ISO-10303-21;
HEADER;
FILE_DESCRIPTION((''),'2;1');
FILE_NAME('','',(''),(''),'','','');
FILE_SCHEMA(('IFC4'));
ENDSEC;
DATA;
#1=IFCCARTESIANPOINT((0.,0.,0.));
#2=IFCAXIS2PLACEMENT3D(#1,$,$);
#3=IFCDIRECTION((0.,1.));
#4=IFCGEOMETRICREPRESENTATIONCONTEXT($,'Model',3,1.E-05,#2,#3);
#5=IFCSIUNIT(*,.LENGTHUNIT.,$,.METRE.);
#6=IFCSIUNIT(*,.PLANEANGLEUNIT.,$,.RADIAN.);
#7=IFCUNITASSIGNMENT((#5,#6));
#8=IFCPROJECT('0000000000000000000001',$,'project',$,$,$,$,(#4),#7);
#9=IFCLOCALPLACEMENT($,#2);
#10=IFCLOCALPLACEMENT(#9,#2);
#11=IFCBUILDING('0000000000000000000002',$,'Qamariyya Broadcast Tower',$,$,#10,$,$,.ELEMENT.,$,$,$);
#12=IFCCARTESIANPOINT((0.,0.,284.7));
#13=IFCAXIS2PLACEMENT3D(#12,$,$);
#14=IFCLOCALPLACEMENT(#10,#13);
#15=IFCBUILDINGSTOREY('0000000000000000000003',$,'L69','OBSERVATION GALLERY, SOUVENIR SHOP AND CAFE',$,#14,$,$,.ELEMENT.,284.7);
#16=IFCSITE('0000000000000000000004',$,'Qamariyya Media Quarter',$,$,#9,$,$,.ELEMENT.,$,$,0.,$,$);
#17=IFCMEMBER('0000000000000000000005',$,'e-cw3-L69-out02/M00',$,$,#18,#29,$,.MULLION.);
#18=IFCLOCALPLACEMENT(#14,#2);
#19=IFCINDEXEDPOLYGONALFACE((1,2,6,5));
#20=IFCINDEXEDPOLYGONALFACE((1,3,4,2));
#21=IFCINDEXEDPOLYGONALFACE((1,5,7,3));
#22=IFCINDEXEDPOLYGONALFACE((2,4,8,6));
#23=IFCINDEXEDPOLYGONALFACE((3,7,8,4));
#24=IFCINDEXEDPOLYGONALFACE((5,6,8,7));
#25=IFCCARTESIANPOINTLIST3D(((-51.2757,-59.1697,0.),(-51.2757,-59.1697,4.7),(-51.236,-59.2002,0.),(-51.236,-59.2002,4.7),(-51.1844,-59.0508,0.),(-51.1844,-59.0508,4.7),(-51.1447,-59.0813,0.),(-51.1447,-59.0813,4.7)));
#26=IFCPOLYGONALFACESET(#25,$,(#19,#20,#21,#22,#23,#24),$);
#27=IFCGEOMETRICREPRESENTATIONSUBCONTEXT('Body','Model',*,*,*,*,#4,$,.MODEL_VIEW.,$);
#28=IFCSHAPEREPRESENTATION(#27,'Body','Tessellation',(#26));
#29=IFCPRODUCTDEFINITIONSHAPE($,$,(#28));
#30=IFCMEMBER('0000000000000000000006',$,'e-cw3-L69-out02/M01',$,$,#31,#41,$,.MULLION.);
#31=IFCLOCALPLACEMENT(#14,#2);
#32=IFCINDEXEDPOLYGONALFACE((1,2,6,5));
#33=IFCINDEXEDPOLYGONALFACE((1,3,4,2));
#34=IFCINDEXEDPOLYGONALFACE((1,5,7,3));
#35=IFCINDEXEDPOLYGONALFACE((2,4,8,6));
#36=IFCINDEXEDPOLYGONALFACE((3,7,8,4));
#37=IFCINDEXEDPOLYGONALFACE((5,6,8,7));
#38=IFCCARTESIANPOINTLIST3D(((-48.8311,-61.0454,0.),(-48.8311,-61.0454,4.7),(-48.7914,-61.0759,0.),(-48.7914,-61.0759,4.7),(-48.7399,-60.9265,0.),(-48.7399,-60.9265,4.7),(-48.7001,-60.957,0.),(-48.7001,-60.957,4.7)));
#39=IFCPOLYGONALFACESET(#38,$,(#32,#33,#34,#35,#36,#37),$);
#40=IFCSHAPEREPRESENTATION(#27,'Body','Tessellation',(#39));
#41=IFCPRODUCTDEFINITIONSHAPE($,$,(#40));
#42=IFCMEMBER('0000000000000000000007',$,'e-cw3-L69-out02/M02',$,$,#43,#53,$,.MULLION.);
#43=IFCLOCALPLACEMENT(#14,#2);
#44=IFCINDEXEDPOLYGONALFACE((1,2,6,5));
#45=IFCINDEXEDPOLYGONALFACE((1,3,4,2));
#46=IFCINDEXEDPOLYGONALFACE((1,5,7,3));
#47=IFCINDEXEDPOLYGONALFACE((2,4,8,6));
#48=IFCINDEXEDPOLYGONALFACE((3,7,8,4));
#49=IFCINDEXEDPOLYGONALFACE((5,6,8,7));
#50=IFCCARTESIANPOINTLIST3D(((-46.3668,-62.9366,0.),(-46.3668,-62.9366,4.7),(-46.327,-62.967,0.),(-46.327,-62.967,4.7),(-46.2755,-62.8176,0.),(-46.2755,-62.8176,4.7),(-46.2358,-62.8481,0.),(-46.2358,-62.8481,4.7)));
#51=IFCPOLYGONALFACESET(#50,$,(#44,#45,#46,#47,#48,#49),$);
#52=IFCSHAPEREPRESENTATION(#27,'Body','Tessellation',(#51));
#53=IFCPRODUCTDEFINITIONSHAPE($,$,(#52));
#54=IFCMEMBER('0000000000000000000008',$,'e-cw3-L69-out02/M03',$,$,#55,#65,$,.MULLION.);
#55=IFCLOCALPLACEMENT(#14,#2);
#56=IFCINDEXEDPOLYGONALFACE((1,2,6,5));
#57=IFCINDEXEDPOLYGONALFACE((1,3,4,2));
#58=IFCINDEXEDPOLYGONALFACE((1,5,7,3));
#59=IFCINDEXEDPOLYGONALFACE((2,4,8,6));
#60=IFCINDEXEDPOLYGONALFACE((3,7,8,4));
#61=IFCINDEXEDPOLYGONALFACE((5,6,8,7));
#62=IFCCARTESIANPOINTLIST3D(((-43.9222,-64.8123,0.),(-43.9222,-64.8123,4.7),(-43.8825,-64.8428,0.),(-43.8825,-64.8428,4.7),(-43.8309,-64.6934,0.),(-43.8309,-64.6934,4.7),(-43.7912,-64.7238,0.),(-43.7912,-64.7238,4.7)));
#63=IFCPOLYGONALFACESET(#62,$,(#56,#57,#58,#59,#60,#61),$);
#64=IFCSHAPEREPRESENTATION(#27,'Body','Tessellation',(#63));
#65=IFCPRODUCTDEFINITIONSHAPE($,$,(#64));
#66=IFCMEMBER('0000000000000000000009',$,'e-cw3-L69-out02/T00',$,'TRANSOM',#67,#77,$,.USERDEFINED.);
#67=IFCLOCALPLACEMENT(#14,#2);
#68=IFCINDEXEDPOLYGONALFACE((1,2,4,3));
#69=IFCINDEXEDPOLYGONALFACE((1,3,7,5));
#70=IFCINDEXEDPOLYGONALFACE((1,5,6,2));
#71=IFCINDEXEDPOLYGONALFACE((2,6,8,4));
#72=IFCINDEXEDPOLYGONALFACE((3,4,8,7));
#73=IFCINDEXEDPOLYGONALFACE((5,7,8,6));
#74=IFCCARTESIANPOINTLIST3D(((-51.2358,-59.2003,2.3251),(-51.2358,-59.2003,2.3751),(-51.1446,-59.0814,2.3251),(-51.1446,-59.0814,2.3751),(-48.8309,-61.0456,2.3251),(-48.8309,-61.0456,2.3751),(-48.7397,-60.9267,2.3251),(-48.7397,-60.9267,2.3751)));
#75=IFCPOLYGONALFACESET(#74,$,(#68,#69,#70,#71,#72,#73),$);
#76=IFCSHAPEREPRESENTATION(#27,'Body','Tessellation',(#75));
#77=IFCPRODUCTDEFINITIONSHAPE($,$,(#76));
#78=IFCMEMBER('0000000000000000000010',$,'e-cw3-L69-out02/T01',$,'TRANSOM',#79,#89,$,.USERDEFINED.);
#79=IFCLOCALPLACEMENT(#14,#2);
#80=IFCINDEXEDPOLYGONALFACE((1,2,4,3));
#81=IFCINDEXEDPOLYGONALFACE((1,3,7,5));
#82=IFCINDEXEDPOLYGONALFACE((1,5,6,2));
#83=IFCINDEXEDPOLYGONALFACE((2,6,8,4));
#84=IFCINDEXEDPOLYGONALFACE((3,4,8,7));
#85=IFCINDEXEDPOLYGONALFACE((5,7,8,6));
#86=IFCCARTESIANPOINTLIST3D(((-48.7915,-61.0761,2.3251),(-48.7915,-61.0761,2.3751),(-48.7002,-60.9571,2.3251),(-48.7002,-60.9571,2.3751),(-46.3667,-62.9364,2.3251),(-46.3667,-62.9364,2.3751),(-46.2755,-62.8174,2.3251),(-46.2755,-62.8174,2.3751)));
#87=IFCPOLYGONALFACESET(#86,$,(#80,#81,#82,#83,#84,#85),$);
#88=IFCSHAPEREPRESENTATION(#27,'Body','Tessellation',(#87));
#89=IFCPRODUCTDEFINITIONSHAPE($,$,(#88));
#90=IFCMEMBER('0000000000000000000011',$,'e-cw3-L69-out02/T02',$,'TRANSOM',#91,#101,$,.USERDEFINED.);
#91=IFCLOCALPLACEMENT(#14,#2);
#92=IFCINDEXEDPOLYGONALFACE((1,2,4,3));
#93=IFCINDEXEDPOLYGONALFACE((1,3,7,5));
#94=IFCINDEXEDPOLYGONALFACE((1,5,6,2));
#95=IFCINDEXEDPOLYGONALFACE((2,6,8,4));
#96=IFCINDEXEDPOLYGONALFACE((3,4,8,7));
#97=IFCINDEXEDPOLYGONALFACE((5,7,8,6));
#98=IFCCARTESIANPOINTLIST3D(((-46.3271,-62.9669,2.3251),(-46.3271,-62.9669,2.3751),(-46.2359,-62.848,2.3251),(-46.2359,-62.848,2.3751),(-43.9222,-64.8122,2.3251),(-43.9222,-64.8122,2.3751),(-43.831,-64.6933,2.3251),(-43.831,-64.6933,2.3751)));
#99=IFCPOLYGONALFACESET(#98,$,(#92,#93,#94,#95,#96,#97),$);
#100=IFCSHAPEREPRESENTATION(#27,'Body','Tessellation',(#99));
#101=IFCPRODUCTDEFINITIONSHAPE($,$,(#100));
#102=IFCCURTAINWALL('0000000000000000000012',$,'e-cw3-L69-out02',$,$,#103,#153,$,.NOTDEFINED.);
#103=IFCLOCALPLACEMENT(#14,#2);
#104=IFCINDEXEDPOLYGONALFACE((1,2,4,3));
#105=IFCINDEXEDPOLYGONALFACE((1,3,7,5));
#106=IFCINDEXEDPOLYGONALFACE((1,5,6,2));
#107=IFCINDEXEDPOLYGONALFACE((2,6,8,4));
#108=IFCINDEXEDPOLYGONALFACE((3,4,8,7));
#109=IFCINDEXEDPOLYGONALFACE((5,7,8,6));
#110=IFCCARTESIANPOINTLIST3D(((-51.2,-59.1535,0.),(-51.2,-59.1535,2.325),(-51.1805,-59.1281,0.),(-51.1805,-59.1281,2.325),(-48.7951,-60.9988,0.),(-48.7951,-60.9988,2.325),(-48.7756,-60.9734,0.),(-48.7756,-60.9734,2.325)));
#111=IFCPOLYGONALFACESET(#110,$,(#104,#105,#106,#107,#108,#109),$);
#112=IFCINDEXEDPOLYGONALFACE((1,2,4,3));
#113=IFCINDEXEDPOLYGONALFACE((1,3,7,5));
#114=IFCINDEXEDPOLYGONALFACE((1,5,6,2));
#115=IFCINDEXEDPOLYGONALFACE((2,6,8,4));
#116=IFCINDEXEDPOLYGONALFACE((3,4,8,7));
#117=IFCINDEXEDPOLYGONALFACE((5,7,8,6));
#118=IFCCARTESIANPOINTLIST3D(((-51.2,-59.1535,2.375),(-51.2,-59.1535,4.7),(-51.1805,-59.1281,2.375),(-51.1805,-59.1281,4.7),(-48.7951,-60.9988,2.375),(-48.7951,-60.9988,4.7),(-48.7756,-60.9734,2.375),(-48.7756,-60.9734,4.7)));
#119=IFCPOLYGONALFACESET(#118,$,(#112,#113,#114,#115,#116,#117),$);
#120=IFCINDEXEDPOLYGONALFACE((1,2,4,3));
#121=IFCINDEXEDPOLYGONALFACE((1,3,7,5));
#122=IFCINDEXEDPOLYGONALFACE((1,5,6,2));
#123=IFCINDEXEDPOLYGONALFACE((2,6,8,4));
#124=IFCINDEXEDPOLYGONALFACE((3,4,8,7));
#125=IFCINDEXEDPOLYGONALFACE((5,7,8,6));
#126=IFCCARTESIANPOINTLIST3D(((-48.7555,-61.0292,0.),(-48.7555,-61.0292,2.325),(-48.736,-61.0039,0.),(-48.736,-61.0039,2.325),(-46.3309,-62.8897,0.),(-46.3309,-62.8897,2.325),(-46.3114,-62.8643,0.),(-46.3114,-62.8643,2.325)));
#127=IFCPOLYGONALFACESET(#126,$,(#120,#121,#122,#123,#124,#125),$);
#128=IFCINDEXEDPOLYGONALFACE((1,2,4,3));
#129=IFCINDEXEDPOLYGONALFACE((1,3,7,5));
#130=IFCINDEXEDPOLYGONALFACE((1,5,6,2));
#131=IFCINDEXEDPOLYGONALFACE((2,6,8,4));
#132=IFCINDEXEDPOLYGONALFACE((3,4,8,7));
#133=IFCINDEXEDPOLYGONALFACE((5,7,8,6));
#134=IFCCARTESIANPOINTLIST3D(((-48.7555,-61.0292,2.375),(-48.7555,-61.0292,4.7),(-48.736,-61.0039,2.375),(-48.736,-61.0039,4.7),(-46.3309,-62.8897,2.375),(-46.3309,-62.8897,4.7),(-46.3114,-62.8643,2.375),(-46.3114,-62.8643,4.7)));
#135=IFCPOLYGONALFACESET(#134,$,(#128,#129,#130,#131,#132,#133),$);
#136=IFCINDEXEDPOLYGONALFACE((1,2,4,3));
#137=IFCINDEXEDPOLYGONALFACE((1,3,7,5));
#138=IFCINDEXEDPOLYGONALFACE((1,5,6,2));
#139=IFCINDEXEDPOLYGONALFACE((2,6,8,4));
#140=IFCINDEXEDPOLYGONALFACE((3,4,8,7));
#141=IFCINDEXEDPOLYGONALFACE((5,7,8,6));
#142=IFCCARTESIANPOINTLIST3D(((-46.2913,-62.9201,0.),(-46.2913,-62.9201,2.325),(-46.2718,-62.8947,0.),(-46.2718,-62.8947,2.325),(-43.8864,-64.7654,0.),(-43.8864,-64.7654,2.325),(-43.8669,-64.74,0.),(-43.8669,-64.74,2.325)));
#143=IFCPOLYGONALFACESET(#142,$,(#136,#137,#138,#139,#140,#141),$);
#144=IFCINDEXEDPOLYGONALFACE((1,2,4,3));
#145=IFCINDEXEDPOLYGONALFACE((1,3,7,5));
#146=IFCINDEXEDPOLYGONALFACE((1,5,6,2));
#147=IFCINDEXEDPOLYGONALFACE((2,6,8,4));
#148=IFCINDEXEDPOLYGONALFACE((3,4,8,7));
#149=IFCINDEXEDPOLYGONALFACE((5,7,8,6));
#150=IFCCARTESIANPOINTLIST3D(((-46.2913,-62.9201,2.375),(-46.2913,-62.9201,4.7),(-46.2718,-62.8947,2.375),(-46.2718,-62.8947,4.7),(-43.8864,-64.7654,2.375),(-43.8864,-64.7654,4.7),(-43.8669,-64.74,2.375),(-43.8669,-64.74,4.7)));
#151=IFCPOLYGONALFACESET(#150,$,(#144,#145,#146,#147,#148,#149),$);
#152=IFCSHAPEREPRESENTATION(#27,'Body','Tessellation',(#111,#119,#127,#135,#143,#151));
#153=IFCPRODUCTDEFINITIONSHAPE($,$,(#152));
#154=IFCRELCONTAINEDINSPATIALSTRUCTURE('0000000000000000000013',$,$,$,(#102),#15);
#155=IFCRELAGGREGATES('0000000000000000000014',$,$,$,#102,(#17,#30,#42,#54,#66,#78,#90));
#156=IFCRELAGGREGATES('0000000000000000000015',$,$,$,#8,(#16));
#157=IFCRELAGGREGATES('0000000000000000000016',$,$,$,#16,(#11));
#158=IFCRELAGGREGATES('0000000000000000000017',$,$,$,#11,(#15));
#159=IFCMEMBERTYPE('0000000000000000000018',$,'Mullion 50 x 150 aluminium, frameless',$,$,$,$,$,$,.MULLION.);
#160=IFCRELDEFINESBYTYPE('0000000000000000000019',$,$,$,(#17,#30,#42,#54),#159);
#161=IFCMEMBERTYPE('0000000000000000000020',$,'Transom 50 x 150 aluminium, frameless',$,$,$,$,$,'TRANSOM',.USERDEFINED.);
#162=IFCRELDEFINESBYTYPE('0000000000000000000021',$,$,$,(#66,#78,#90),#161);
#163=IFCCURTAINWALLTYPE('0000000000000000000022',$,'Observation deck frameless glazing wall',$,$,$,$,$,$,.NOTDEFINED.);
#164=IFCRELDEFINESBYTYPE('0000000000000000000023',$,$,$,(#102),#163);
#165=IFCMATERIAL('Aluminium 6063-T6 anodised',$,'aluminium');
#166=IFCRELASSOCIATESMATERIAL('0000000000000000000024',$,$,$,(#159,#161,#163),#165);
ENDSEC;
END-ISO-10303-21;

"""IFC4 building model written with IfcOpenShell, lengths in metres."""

from ifc_helpers import new_model, si_unit, direction, frame, origin, origin_2d, place, context, subcontext, project, spatial, rectangle, extrude, material, material_profile, profile_set, type_object, element, aggregate, save


model = new_model("IFC4")

# Units and contexts
model_context = context("Model", 3, precision=1e-05, world=origin(), true_north=direction((0.0, 1.0)))
body_context = subcontext(model_context, "Body", "Model", "MODEL_VIEW")
ifc_project = project(units=[si_unit("LENGTHUNIT", "METRE"), si_unit("PLANEANGLEUNIT", "RADIAN")], contexts=[model_context])

# Members
ifc_material = material(Name="Aluminium 6063-T6 anodised", Category="aluminium")
ifc_material_profile_1 = material_profile(ifc_material, rectangle(XDim=0.1499, YDim=0.05, at=origin_2d()))
ifc_profile_set_1 = profile_set([ifc_material_profile_1], Name="Aluminium 6063-T6 anodised")
member_type_1 = type_object("IfcMemberType", Name="Mullion 50 x 150 aluminium, frameless", PredefinedType="MULLION", material=ifc_profile_set_1)
site_placement = place(None, origin())
building_placement = place(site_placement, origin())
storey_placement = place(building_placement, frame((0.0, 0.0, 284.7)))
member_1_placement = place(storey_placement, frame((-51.2102, -59.1255, 0.0), z_axis=(0.0, 0.0, 1.0), x_axis=(0.608761, 0.793353, 0.0)))
member_1 = element("IfcMember", 1, at=member_1_placement, type_object=member_type_1, Name="e-cw3-L69-out02/M00", PredefinedType="MULLION", context=body_context, shape_type="SweptSolid", body=[
    extrude(rectangle(XDim=0.1499, YDim=0.05, at=origin_2d()), origin(), (0.0, 0.0, 1.0), 4.7),
])
member_2_placement = place(storey_placement, frame((-48.7656, -61.0012, 0.0), z_axis=(0.0, 0.0, 1.0), x_axis=(0.608761, 0.793353, 0.0)))
member_2 = element("IfcMember", 2, at=member_2_placement, type_object=member_type_1, Name="e-cw3-L69-out02/M01", PredefinedType="MULLION", context=body_context, shape_type="SweptSolid", body=[
    extrude(rectangle(XDim=0.1499, YDim=0.05, at=origin_2d()), origin(), (0.0, 0.0, 1.0), 4.7),
])
member_3_placement = place(storey_placement, frame((-46.3013, -62.8923, 0.0), z_axis=(0.0, 0.0, 1.0), x_axis=(0.608761, 0.793353, 0.0)))
member_3 = element("IfcMember", 3, at=member_3_placement, type_object=member_type_1, Name="e-cw3-L69-out02/M02", PredefinedType="MULLION", context=body_context, shape_type="SweptSolid", body=[
    extrude(rectangle(XDim=0.1499, YDim=0.05, at=origin_2d()), origin(), (0.0, 0.0, 1.0), 4.7),
])
member_4_placement = place(storey_placement, frame((-43.8567, -64.7681, 0.0), z_axis=(0.0, 0.0, 1.0), x_axis=(0.608761, 0.793353, 0.0)))
member_4 = element("IfcMember", 4, at=member_4_placement, type_object=member_type_1, Name="e-cw3-L69-out02/M03", PredefinedType="MULLION", context=body_context, shape_type="SweptSolid", body=[
    extrude(rectangle(XDim=0.1499, YDim=0.05, at=origin_2d()), origin(), (0.0, 0.0, 1.0), 4.7),
])
ifc_material_profile_2 = material_profile(ifc_material, rectangle(XDim=0.1499, YDim=0.05, at=origin_2d()))
ifc_profile_set_2 = profile_set([ifc_material_profile_2], Name="Aluminium 6063-T6 anodised")
member_type_2 = type_object("IfcMemberType", Name="Transom 50 x 150 aluminium, frameless", ElementType="TRANSOM", PredefinedType="USERDEFINED", material=ifc_profile_set_2)
member_5_placement = place(storey_placement, frame((-51.1902, -59.1409, 2.3501), z_axis=(0.79336, -0.608753, 0.0), x_axis=(0.608753, 0.79336, 0.0)))
member_5 = element("IfcMember", 5, at=member_5_placement, type_object=member_type_2, Name="e-cw3-L69-out02/T00", ObjectType="TRANSOM", PredefinedType="USERDEFINED", context=body_context, shape_type="SweptSolid", body=[
    extrude(rectangle(XDim=0.1499, YDim=0.05, at=origin_2d()), origin(), (0.0, 0.0, 1.0), 3.0312),
])
member_6_placement = place(storey_placement, frame((-48.7458, -61.0166, 2.3501), z_axis=(0.793395, -0.608707, 0.0), x_axis=(0.608707, 0.793395, 0.0)))
member_6 = element("IfcMember", 6, at=member_6_placement, type_object=member_type_2, Name="e-cw3-L69-out02/T01", ObjectType="TRANSOM", PredefinedType="USERDEFINED", context=body_context, shape_type="SweptSolid", body=[
    extrude(rectangle(XDim=0.1499, YDim=0.05, at=origin_2d()), origin(), (0.0, 0.0, 1.0), 3.0562),
])
member_7_placement = place(storey_placement, frame((-46.2815, -62.9075, 2.3501), z_axis=(0.79336, -0.608753, 0.0), x_axis=(0.608753, 0.79336, 0.0)))
member_7 = element("IfcMember", 7, at=member_7_placement, type_object=member_type_2, Name="e-cw3-L69-out02/T02", ObjectType="TRANSOM", PredefinedType="USERDEFINED", context=body_context, shape_type="SweptSolid", body=[
    extrude(rectangle(XDim=0.1499, YDim=0.05, at=origin_2d()), origin(), (0.0, 0.0, 1.0), 3.0312),
])

# Site, building, storey
site = spatial("IfcSite", under=ifc_project, at=site_placement, Name="Qamariyya Media Quarter", CompositionType="ELEMENT", RefElevation=0.0)
building = spatial("IfcBuilding", under=site, at=building_placement, Name="Qamariyya Broadcast Tower", CompositionType="ELEMENT")
storey = spatial("IfcBuildingStorey", under=building, at=storey_placement, Name="L69", Description="OBSERVATION GALLERY, SOUVENIR SHOP AND CAFE", CompositionType="ELEMENT", Elevation=284.7)

# Curtain wall
curtain_wall_type = type_object("IfcCurtainWallType", Name="Observation deck frameless glazing wall", PredefinedType="NOTDEFINED", material=ifc_material)
curtain_wall_1_placement = place(storey_placement, origin())
curtain_wall_1 = element("IfcCurtainWall", 8, at=curtain_wall_1_placement, inside=storey, type_object=curtain_wall_type, Name="e-cw3-L69-out02", PredefinedType="NOTDEFINED", context=body_context, shape_type="SweptSolid", body=[
    extrude(rectangle(XDim=3.0312, YDim=0.032, at=origin_2d()), frame((-49.9878, -60.0635, 0.0), x_axis=(0.793356, -0.608758, 0.0)), (0.0, 0.0, 1.0), 2.325),
    extrude(rectangle(XDim=3.0312, YDim=0.032, at=origin_2d()), frame((-49.9878, -60.0635, 2.375), x_axis=(0.793356, -0.608758, 0.0)), (0.0, 0.0, 1.0), 2.325),
    extrude(rectangle(XDim=3.0562, YDim=0.032, at=origin_2d()), frame((-47.5334, -61.9468, 0.0), x_axis=(0.793356, -0.608758, 0.0)), (0.0, 0.0, 1.0), 2.325),
    extrude(rectangle(XDim=3.0562, YDim=0.032, at=origin_2d()), frame((-47.5334, -61.9468, 2.375), x_axis=(0.793356, -0.608758, 0.0)), (0.0, 0.0, 1.0), 2.325),
    extrude(rectangle(XDim=3.0312, YDim=0.032, at=origin_2d()), frame((-45.0791, -63.8301, 0.0), x_axis=(0.793356, -0.608758, 0.0)), (0.0, 0.0, 1.0), 2.325),
    extrude(rectangle(XDim=3.0312, YDim=0.032, at=origin_2d()), frame((-45.0791, -63.8301, 2.375), x_axis=(0.793356, -0.608758, 0.0)), (0.0, 0.0, 1.0), 2.325),
])
aggregate(curtain_wall_1, [member_1, member_2, member_3, member_4, member_5, member_6, member_7])

save(model, "model.ifc")
